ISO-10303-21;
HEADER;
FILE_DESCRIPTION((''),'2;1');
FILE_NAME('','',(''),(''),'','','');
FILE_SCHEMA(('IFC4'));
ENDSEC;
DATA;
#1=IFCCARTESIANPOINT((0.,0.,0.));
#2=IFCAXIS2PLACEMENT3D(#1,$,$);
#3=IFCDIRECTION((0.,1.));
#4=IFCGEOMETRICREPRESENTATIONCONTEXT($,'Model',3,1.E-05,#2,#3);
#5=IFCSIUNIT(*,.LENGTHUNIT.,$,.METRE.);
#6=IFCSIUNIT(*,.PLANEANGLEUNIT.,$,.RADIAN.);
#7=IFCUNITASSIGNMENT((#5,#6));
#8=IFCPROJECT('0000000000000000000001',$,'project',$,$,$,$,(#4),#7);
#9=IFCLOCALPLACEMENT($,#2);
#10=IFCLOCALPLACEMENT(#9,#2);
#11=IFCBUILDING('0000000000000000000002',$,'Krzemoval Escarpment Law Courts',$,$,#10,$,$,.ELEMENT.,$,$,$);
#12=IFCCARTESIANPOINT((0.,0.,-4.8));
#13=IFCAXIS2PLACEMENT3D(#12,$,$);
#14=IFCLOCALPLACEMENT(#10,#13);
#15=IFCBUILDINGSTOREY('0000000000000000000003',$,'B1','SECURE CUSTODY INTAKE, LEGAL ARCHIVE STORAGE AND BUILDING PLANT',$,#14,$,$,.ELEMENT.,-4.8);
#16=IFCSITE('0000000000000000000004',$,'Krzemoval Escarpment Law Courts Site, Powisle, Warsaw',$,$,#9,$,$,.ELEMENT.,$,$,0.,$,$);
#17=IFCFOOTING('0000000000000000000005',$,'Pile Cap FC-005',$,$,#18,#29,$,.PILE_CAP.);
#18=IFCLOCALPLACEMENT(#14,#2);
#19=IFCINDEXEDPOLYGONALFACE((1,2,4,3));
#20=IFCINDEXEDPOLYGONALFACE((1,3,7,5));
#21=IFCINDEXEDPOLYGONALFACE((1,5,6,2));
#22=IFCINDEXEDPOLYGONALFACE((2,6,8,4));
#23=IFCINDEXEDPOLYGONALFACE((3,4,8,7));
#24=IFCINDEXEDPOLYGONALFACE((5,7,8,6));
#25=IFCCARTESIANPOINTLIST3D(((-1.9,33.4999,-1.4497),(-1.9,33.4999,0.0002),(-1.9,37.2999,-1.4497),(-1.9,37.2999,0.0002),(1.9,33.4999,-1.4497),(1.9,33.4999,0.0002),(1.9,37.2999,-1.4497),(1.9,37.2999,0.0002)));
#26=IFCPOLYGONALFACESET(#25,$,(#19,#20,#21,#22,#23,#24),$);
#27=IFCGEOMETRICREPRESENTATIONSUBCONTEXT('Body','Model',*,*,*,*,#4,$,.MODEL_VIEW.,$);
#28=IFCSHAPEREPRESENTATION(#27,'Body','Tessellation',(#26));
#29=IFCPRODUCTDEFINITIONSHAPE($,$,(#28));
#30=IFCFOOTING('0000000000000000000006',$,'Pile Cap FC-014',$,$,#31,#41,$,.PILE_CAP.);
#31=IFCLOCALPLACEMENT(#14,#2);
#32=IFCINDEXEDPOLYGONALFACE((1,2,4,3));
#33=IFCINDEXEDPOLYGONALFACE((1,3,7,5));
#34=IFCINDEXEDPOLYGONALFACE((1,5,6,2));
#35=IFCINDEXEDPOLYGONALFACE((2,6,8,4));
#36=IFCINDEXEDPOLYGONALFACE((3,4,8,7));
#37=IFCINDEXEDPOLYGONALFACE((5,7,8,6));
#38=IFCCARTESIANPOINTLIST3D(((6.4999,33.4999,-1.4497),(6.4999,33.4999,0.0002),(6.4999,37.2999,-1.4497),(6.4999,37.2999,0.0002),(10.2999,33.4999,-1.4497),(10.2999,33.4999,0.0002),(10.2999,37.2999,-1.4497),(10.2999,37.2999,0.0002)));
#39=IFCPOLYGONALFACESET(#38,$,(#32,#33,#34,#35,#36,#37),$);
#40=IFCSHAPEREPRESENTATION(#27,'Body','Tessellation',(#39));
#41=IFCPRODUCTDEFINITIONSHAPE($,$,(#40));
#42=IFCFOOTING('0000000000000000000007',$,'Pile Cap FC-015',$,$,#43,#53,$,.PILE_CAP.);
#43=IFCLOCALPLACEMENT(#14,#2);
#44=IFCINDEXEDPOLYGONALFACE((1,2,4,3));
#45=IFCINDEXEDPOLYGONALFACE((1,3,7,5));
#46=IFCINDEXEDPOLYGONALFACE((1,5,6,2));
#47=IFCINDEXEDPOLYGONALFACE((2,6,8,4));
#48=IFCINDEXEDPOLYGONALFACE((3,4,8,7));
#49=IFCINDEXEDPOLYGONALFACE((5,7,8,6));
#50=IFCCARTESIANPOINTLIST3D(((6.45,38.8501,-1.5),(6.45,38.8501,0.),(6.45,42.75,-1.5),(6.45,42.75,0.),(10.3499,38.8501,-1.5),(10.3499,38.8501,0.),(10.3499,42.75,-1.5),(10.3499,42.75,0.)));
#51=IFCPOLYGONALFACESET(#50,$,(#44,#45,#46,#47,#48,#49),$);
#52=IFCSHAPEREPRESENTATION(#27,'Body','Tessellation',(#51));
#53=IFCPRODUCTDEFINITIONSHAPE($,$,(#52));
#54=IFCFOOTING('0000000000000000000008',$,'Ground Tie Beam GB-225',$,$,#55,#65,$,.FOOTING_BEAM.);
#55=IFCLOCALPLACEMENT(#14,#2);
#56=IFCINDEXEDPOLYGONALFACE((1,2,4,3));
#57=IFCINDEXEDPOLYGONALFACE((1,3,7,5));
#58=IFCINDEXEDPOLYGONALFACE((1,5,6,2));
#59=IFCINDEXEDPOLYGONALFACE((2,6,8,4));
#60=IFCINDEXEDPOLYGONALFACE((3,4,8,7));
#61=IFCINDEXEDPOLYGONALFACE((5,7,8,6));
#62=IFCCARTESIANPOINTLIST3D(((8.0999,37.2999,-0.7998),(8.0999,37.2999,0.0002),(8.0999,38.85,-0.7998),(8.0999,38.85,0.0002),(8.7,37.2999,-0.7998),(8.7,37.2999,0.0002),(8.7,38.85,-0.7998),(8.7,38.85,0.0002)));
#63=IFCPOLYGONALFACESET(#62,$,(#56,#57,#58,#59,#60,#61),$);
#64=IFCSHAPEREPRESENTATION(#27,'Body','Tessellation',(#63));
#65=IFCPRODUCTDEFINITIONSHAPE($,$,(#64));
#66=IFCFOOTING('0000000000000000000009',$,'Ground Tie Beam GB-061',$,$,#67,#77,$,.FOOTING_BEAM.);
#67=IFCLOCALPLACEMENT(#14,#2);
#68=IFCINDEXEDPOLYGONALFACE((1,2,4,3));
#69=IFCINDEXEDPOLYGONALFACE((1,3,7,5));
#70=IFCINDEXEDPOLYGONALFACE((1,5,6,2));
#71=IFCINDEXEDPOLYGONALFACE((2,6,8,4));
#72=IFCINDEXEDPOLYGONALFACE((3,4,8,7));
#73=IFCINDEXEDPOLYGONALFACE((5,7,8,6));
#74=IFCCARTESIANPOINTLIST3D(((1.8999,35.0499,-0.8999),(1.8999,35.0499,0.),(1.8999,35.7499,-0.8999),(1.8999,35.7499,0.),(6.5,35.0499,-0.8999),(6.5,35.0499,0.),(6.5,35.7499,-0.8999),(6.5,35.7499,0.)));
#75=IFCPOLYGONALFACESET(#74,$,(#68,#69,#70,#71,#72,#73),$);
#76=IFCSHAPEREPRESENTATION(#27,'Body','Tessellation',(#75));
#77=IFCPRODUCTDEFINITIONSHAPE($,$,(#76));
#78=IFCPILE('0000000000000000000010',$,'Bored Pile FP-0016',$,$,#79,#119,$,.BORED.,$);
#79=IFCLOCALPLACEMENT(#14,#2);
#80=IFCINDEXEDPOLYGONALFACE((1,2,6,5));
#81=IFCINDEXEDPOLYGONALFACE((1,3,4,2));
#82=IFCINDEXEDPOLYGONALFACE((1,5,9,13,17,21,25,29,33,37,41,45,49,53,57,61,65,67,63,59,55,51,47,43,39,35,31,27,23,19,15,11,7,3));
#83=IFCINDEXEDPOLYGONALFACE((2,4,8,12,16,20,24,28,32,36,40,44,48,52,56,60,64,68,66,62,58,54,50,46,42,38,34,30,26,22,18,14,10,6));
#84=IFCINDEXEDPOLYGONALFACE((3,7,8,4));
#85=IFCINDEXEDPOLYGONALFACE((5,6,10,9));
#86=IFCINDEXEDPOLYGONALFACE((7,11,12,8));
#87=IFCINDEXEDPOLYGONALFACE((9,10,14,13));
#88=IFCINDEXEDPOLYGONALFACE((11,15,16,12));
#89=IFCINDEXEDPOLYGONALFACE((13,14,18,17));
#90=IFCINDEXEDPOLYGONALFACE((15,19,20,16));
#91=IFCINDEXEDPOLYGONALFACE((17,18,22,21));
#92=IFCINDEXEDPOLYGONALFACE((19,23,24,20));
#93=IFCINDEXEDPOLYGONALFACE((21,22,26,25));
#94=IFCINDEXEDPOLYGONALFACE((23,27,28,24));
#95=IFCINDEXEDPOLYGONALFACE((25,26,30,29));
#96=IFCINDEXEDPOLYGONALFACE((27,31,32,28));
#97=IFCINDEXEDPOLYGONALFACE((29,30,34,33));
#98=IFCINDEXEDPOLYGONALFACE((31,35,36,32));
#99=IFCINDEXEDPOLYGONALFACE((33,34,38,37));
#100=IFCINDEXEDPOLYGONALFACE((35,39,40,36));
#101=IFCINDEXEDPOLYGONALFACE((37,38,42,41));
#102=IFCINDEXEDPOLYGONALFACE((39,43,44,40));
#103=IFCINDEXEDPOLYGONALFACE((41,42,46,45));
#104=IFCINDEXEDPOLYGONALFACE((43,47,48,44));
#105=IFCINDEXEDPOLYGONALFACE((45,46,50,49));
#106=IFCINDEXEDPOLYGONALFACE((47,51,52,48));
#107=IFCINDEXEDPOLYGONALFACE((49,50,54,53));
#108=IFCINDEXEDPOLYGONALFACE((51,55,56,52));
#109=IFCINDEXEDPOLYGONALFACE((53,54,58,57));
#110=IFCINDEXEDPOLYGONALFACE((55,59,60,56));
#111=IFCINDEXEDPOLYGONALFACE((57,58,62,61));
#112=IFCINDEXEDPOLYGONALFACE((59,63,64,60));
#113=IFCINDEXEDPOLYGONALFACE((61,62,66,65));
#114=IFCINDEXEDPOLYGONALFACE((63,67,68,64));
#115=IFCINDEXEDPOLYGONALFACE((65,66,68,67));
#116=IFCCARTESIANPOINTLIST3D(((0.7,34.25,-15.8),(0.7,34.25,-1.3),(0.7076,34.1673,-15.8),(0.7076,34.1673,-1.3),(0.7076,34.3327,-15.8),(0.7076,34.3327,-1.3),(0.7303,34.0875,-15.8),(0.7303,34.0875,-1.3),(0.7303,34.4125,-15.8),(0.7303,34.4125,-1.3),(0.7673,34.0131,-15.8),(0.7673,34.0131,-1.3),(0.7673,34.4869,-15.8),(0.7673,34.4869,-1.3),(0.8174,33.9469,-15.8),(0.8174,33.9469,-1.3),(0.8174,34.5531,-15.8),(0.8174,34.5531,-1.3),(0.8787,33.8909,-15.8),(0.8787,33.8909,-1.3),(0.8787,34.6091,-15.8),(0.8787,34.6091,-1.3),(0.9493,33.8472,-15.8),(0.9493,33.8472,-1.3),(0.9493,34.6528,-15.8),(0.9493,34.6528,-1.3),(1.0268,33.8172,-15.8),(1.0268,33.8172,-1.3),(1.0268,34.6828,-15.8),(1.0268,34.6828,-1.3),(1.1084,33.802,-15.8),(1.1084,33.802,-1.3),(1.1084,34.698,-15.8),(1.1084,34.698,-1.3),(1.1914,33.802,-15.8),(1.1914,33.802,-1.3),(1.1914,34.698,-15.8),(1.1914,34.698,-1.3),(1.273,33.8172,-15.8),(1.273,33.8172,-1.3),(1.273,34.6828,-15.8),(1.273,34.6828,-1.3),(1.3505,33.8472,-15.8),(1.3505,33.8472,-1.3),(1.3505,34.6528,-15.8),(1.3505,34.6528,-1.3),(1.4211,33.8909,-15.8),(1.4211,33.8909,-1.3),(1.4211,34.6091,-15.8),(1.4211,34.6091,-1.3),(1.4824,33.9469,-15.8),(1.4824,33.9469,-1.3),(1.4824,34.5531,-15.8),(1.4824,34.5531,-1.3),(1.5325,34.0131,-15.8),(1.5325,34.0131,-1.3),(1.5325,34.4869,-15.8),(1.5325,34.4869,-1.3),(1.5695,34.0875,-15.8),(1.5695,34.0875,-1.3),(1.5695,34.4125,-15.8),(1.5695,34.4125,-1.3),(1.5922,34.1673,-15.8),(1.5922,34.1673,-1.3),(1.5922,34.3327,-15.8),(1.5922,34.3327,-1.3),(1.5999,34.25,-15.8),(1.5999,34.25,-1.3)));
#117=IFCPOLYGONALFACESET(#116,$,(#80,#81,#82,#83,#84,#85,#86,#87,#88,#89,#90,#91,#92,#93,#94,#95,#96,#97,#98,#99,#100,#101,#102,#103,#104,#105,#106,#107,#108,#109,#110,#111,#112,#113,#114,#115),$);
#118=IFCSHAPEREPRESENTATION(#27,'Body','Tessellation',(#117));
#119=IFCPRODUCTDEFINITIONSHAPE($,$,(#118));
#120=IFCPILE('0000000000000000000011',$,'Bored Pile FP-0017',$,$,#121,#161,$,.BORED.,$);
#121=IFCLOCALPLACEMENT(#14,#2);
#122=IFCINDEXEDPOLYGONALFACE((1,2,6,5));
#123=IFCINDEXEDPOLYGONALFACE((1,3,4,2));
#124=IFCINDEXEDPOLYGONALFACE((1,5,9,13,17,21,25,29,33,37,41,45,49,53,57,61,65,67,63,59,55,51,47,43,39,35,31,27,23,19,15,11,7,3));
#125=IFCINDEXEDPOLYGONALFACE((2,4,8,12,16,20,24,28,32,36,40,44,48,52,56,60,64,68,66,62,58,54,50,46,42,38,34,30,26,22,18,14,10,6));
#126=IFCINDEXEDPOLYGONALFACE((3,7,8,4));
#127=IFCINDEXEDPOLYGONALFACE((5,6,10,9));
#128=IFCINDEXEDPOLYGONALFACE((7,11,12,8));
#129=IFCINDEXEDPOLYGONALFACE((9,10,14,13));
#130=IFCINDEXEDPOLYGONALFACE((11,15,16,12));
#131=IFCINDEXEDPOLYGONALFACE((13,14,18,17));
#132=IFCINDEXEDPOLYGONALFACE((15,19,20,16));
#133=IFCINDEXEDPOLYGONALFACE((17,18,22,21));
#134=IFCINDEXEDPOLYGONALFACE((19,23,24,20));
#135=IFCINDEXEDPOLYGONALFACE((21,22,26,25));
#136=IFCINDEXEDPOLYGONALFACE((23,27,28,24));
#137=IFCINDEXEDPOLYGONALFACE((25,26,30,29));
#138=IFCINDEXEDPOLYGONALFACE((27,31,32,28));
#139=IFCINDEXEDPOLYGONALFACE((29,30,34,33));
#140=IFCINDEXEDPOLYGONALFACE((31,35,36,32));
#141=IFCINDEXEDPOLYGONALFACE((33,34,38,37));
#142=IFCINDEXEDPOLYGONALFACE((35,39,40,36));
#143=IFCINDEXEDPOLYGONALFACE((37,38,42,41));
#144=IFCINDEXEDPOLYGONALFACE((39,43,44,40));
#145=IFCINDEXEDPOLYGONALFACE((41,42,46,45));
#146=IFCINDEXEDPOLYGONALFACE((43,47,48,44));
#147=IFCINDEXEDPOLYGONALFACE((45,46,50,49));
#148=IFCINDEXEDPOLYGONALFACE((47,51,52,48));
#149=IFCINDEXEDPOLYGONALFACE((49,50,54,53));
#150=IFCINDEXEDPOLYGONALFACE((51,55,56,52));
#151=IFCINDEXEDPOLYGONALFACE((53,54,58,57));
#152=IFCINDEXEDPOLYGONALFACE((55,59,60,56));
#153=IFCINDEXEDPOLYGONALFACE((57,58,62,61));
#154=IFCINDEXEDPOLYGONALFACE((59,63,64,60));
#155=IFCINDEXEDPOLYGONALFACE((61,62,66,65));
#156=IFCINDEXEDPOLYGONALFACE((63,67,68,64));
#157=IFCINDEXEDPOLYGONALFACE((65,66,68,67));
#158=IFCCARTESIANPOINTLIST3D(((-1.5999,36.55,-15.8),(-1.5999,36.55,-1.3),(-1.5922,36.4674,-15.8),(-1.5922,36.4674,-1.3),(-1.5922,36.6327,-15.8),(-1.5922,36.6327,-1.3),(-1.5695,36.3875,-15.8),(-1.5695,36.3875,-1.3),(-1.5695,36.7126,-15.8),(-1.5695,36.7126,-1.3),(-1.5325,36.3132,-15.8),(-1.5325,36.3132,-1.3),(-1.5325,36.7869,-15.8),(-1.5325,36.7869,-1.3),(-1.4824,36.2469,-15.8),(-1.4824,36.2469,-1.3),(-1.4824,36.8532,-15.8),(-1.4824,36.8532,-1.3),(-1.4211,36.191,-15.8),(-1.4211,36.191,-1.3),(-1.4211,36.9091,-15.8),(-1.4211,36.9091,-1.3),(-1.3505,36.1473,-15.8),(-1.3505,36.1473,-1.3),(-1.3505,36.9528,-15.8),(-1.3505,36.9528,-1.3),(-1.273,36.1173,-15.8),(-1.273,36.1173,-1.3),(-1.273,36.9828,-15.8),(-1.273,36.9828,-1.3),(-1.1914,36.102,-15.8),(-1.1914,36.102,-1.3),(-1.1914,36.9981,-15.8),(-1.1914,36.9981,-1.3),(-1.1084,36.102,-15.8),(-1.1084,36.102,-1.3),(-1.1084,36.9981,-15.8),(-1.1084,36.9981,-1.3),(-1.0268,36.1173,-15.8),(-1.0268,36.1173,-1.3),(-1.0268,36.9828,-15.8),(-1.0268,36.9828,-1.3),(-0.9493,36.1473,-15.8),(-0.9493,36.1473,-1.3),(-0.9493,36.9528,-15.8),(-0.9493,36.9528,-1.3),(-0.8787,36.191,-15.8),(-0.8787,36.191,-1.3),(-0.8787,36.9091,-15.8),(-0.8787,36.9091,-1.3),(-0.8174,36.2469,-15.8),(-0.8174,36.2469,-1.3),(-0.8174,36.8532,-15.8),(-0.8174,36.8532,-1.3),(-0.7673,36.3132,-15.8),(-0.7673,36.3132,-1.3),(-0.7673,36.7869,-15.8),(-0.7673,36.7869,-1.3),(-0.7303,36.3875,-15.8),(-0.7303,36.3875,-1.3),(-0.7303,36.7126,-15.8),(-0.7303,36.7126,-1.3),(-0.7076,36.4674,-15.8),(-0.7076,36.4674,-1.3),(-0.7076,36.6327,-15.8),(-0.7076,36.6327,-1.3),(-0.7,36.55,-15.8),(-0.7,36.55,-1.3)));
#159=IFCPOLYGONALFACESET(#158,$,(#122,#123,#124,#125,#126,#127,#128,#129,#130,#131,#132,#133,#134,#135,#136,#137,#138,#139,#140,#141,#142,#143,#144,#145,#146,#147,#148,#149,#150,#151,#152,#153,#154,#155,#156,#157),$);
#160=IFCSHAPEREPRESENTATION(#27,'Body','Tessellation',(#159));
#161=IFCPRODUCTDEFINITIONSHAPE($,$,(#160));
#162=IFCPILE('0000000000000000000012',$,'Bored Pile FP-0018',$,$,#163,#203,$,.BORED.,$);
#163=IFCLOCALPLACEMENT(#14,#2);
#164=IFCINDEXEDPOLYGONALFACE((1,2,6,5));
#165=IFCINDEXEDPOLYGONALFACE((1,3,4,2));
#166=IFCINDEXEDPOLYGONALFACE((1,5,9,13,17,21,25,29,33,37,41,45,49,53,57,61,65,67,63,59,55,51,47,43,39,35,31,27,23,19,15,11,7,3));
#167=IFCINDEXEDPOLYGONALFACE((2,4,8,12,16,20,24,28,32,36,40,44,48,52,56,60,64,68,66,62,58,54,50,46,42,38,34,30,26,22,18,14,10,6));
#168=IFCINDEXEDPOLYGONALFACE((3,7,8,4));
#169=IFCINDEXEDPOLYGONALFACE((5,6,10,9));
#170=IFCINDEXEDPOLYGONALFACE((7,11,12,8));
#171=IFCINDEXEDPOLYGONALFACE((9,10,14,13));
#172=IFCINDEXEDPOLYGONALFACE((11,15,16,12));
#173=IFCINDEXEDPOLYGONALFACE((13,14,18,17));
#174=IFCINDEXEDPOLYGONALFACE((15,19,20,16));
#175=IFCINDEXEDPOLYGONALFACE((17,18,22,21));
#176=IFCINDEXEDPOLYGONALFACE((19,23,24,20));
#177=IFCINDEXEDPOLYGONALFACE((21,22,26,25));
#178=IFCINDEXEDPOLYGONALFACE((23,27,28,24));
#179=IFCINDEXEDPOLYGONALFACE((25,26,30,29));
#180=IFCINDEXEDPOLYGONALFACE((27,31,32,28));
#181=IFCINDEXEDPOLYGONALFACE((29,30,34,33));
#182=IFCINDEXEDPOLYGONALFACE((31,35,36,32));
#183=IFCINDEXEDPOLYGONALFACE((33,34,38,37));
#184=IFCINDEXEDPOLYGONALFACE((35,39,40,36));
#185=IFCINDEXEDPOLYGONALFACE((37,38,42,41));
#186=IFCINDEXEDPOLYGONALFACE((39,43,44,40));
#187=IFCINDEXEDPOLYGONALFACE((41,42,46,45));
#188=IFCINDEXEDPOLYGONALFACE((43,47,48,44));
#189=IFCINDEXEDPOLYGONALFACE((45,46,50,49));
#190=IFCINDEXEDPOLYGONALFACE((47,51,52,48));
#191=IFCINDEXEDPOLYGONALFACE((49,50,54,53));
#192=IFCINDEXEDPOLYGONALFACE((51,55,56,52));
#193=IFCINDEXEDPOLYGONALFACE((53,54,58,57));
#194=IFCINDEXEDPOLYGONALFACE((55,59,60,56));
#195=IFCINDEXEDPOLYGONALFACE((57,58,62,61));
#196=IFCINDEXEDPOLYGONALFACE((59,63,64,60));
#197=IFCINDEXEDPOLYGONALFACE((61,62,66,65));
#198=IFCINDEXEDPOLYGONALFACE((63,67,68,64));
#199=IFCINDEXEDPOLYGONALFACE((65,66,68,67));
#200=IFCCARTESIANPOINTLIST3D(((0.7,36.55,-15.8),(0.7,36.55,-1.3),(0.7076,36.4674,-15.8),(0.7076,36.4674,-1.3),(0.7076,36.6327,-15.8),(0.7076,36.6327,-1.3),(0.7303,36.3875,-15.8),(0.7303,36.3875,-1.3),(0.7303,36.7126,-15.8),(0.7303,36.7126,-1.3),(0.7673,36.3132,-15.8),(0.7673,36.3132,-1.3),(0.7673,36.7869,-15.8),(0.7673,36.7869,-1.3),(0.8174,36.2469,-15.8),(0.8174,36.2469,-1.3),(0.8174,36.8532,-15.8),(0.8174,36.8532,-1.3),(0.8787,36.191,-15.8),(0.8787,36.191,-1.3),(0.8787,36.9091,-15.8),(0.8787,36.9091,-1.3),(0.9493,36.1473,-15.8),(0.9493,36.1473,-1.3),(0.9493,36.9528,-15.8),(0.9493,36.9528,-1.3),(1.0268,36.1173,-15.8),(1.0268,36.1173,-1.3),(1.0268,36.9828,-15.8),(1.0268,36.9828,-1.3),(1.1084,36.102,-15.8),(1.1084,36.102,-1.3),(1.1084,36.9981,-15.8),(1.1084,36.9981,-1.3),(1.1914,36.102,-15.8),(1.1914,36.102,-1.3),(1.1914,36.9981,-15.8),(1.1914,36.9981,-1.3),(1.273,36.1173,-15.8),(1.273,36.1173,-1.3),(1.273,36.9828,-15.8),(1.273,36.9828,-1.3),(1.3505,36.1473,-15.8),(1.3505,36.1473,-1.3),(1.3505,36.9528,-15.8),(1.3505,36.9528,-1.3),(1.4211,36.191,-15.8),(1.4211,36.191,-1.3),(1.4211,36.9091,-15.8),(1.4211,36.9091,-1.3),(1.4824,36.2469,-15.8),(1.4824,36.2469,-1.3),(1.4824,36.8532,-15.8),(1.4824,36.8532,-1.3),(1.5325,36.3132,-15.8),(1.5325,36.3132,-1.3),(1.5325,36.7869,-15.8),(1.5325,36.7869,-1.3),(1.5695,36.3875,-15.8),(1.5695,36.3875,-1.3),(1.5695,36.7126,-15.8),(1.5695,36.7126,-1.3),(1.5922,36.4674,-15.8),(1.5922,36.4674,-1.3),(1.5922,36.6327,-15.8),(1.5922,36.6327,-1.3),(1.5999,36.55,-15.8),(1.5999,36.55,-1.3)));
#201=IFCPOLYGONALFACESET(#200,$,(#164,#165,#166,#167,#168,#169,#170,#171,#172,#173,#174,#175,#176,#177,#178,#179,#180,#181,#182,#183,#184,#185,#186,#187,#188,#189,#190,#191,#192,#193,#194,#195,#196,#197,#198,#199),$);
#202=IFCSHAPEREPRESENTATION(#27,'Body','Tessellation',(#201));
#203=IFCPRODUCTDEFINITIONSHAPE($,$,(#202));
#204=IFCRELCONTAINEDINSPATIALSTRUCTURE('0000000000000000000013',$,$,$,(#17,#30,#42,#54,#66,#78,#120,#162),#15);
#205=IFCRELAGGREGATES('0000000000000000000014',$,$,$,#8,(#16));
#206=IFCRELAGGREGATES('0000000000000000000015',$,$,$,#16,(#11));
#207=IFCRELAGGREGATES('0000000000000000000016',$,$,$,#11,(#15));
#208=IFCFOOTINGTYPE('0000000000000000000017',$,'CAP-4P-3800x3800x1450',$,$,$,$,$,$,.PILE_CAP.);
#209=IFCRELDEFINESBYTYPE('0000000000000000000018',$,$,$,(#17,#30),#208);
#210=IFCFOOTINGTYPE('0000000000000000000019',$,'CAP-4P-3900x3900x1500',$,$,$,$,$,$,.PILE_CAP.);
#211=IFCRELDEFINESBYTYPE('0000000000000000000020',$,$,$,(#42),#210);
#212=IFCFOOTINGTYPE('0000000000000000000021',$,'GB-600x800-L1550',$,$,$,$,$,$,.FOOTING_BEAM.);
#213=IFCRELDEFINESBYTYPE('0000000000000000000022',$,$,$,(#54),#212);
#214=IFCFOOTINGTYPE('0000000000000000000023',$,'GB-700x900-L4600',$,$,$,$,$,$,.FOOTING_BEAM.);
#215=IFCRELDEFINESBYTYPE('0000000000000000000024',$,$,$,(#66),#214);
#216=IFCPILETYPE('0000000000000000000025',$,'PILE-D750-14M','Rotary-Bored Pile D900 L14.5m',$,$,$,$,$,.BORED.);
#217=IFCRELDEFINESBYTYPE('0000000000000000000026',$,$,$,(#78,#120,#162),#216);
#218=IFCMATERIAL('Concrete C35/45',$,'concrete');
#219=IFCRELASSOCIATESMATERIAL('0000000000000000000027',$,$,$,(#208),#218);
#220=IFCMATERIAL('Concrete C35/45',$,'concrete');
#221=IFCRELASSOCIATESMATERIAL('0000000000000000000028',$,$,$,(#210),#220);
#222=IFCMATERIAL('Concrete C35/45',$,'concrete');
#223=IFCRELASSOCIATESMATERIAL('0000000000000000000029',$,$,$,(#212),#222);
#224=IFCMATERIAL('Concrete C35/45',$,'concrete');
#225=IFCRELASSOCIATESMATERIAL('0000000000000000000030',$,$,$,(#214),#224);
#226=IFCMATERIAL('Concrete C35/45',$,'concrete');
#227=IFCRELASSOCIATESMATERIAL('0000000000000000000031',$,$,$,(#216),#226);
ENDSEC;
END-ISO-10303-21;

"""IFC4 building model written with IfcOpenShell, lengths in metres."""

from ifc_helpers import new_model, si_unit, direction, frame, origin, origin_2d, place, context, subcontext, project, spatial, rectangle, circle, extrude, material, material_profile, profile_set, type_object, element, save


model = new_model("IFC4")

# Units and contexts
model_context = context("Model", 3, precision=1e-05, world=origin(), true_north=direction((0.0, 1.0)))
body_context = subcontext(model_context, "Body", "Model", "MODEL_VIEW")
ifc_project = project(units=[si_unit("LENGTHUNIT", "METRE"), si_unit("PLANEANGLEUNIT", "RADIAN")], contexts=[model_context])

# Site, building, storey
site_placement = place(None, origin())
site = spatial("IfcSite", under=ifc_project, at=site_placement, Name="Krzemoval Escarpment Law Courts Site, Powisle, Warsaw", CompositionType="ELEMENT", RefElevation=0.0)
building_placement = place(site_placement, origin())
building = spatial("IfcBuilding", under=site, at=building_placement, Name="Krzemoval Escarpment Law Courts", CompositionType="ELEMENT")
storey_placement = place(building_placement, frame((0.0, 0.0, -4.8)))
storey = spatial("IfcBuildingStorey", under=building, at=storey_placement, Name="B1", Description="SECURE CUSTODY INTAKE, LEGAL ARCHIVE STORAGE AND BUILDING PLANT", CompositionType="ELEMENT", Elevation=-4.8)

# Footings
ifc_material_1 = material(Name="Concrete C35/45", Category="concrete")
footing_type_1 = type_object("IfcFootingType", Name="CAP-4P-3800x3800x1450", PredefinedType="PILE_CAP", material=ifc_material_1)
for number, where, z_axis, x_axis, name in (
    (1, (0.0, 35.3999, -1.4497), (0.0, 0.0, 1.0), (1.0, 0.0, 0.0), "Pile Cap FC-005"),
    (2, (8.3999, 35.3999, -1.4497), (0.0, 0.0, 1.0), (1.0, 0.0, 0.0), "Pile Cap FC-014"),
):
    element("IfcFooting", number, at=place(storey_placement, frame(where, z_axis=z_axis, x_axis=x_axis)), inside=storey, type_object=footing_type_1, Name=name, PredefinedType="PILE_CAP", context=body_context, shape_type="SweptSolid", body=[
        extrude(rectangle(XDim=3.8, YDim=3.8, at=origin_2d()), origin(), (0.0, 0.0, 1.0), 1.45),
    ])
ifc_material_2 = material(Name="Concrete C35/45", Category="concrete")
footing_type_2 = type_object("IfcFootingType", Name="CAP-4P-3900x3900x1500", PredefinedType="PILE_CAP", material=ifc_material_2)
footing_1_placement = place(storey_placement, frame((8.3999, 40.8, -1.5), z_axis=(0.0, 0.0, 1.0), x_axis=(1.0, 0.0, 0.0)))
element("IfcFooting", 3, at=footing_1_placement, inside=storey, type_object=footing_type_2, Name="Pile Cap FC-015", PredefinedType="PILE_CAP", context=body_context, shape_type="SweptSolid", body=[
    extrude(rectangle(XDim=3.8999, YDim=3.8999, at=origin_2d()), origin(), (0.0, 0.0, 1.0), 1.5),
])
ifc_material_3 = material(Name="Concrete C35/45", Category="concrete")
footing_type_3 = type_object("IfcFootingType", Name="GB-600x800-L1550", PredefinedType="FOOTING_BEAM", material=ifc_material_3)
footing_2_placement = place(storey_placement, frame((8.3999, 38.075, -0.7998), z_axis=(0.0, 0.0, 1.0), x_axis=(0.0, 1.0, 0.0)))
element("IfcFooting", 4, at=footing_2_placement, inside=storey, type_object=footing_type_3, Name="Ground Tie Beam GB-225", PredefinedType="FOOTING_BEAM", context=body_context, shape_type="SweptSolid", body=[
    extrude(rectangle(XDim=1.55, YDim=0.6001, at=origin_2d()), origin(), (0.0, 0.0, 1.0), 0.8),
])
ifc_material_4 = material(Name="Concrete C35/45", Category="concrete")
footing_type_4 = type_object("IfcFootingType", Name="GB-700x900-L4600", PredefinedType="FOOTING_BEAM", material=ifc_material_4)
footing_3_placement = place(storey_placement, frame((4.2, 35.3999, -0.8999), z_axis=(0.0, 0.0, 1.0), x_axis=(1.0, 0.0, 0.0)))
element("IfcFooting", 5, at=footing_3_placement, inside=storey, type_object=footing_type_4, Name="Ground Tie Beam GB-061", PredefinedType="FOOTING_BEAM", context=body_context, shape_type="SweptSolid", body=[
    extrude(rectangle(XDim=4.6001, YDim=0.7, at=origin_2d()), origin(), (0.0, 0.0, 1.0), 0.8999),
])

# Piles
ifc_material_5 = material(Name="Concrete C35/45", Category="concrete")
ifc_material_profile_1 = material_profile(ifc_material_5, circle(Radius=0.45, at=origin_2d()), Name="PILE D900")
ifc_profile_set_1 = profile_set([ifc_material_profile_1], Name="Concrete C35/45")
pile_type_1 = type_object("IfcPileType", Name="PILE-D750-14M", Description="Rotary-Bored Pile D900 L14.5m", PredefinedType="BORED", material=ifc_profile_set_1)
for number, where, z_axis, x_axis, name in (
    (6, (1.1499, 34.25, -1.3), (0.0, 0.0, -1.0), (1.0, 0.0, 0.0), "Bored Pile FP-0016"),
    (7, (-1.1499, 36.55, -1.3), (0.0, 0.0, -1.0), (1.0, 0.0, 0.0), "Bored Pile FP-0017"),
    (8, (1.1499, 36.55, -1.3), (0.0, 0.0, -1.0), (1.0, 0.0, 0.0), "Bored Pile FP-0018"),
):
    element("IfcPile", number, at=place(storey_placement, frame(where, z_axis=z_axis, x_axis=x_axis)), inside=storey, type_object=pile_type_1, Name=name, PredefinedType="BORED", context=body_context, shape_type="SweptSolid", body=[
        extrude(circle(Radius=0.45, at=origin_2d()), origin(), (0.0, 0.0, 1.0), 14.5),
    ])

save(model, "model.ifc")
